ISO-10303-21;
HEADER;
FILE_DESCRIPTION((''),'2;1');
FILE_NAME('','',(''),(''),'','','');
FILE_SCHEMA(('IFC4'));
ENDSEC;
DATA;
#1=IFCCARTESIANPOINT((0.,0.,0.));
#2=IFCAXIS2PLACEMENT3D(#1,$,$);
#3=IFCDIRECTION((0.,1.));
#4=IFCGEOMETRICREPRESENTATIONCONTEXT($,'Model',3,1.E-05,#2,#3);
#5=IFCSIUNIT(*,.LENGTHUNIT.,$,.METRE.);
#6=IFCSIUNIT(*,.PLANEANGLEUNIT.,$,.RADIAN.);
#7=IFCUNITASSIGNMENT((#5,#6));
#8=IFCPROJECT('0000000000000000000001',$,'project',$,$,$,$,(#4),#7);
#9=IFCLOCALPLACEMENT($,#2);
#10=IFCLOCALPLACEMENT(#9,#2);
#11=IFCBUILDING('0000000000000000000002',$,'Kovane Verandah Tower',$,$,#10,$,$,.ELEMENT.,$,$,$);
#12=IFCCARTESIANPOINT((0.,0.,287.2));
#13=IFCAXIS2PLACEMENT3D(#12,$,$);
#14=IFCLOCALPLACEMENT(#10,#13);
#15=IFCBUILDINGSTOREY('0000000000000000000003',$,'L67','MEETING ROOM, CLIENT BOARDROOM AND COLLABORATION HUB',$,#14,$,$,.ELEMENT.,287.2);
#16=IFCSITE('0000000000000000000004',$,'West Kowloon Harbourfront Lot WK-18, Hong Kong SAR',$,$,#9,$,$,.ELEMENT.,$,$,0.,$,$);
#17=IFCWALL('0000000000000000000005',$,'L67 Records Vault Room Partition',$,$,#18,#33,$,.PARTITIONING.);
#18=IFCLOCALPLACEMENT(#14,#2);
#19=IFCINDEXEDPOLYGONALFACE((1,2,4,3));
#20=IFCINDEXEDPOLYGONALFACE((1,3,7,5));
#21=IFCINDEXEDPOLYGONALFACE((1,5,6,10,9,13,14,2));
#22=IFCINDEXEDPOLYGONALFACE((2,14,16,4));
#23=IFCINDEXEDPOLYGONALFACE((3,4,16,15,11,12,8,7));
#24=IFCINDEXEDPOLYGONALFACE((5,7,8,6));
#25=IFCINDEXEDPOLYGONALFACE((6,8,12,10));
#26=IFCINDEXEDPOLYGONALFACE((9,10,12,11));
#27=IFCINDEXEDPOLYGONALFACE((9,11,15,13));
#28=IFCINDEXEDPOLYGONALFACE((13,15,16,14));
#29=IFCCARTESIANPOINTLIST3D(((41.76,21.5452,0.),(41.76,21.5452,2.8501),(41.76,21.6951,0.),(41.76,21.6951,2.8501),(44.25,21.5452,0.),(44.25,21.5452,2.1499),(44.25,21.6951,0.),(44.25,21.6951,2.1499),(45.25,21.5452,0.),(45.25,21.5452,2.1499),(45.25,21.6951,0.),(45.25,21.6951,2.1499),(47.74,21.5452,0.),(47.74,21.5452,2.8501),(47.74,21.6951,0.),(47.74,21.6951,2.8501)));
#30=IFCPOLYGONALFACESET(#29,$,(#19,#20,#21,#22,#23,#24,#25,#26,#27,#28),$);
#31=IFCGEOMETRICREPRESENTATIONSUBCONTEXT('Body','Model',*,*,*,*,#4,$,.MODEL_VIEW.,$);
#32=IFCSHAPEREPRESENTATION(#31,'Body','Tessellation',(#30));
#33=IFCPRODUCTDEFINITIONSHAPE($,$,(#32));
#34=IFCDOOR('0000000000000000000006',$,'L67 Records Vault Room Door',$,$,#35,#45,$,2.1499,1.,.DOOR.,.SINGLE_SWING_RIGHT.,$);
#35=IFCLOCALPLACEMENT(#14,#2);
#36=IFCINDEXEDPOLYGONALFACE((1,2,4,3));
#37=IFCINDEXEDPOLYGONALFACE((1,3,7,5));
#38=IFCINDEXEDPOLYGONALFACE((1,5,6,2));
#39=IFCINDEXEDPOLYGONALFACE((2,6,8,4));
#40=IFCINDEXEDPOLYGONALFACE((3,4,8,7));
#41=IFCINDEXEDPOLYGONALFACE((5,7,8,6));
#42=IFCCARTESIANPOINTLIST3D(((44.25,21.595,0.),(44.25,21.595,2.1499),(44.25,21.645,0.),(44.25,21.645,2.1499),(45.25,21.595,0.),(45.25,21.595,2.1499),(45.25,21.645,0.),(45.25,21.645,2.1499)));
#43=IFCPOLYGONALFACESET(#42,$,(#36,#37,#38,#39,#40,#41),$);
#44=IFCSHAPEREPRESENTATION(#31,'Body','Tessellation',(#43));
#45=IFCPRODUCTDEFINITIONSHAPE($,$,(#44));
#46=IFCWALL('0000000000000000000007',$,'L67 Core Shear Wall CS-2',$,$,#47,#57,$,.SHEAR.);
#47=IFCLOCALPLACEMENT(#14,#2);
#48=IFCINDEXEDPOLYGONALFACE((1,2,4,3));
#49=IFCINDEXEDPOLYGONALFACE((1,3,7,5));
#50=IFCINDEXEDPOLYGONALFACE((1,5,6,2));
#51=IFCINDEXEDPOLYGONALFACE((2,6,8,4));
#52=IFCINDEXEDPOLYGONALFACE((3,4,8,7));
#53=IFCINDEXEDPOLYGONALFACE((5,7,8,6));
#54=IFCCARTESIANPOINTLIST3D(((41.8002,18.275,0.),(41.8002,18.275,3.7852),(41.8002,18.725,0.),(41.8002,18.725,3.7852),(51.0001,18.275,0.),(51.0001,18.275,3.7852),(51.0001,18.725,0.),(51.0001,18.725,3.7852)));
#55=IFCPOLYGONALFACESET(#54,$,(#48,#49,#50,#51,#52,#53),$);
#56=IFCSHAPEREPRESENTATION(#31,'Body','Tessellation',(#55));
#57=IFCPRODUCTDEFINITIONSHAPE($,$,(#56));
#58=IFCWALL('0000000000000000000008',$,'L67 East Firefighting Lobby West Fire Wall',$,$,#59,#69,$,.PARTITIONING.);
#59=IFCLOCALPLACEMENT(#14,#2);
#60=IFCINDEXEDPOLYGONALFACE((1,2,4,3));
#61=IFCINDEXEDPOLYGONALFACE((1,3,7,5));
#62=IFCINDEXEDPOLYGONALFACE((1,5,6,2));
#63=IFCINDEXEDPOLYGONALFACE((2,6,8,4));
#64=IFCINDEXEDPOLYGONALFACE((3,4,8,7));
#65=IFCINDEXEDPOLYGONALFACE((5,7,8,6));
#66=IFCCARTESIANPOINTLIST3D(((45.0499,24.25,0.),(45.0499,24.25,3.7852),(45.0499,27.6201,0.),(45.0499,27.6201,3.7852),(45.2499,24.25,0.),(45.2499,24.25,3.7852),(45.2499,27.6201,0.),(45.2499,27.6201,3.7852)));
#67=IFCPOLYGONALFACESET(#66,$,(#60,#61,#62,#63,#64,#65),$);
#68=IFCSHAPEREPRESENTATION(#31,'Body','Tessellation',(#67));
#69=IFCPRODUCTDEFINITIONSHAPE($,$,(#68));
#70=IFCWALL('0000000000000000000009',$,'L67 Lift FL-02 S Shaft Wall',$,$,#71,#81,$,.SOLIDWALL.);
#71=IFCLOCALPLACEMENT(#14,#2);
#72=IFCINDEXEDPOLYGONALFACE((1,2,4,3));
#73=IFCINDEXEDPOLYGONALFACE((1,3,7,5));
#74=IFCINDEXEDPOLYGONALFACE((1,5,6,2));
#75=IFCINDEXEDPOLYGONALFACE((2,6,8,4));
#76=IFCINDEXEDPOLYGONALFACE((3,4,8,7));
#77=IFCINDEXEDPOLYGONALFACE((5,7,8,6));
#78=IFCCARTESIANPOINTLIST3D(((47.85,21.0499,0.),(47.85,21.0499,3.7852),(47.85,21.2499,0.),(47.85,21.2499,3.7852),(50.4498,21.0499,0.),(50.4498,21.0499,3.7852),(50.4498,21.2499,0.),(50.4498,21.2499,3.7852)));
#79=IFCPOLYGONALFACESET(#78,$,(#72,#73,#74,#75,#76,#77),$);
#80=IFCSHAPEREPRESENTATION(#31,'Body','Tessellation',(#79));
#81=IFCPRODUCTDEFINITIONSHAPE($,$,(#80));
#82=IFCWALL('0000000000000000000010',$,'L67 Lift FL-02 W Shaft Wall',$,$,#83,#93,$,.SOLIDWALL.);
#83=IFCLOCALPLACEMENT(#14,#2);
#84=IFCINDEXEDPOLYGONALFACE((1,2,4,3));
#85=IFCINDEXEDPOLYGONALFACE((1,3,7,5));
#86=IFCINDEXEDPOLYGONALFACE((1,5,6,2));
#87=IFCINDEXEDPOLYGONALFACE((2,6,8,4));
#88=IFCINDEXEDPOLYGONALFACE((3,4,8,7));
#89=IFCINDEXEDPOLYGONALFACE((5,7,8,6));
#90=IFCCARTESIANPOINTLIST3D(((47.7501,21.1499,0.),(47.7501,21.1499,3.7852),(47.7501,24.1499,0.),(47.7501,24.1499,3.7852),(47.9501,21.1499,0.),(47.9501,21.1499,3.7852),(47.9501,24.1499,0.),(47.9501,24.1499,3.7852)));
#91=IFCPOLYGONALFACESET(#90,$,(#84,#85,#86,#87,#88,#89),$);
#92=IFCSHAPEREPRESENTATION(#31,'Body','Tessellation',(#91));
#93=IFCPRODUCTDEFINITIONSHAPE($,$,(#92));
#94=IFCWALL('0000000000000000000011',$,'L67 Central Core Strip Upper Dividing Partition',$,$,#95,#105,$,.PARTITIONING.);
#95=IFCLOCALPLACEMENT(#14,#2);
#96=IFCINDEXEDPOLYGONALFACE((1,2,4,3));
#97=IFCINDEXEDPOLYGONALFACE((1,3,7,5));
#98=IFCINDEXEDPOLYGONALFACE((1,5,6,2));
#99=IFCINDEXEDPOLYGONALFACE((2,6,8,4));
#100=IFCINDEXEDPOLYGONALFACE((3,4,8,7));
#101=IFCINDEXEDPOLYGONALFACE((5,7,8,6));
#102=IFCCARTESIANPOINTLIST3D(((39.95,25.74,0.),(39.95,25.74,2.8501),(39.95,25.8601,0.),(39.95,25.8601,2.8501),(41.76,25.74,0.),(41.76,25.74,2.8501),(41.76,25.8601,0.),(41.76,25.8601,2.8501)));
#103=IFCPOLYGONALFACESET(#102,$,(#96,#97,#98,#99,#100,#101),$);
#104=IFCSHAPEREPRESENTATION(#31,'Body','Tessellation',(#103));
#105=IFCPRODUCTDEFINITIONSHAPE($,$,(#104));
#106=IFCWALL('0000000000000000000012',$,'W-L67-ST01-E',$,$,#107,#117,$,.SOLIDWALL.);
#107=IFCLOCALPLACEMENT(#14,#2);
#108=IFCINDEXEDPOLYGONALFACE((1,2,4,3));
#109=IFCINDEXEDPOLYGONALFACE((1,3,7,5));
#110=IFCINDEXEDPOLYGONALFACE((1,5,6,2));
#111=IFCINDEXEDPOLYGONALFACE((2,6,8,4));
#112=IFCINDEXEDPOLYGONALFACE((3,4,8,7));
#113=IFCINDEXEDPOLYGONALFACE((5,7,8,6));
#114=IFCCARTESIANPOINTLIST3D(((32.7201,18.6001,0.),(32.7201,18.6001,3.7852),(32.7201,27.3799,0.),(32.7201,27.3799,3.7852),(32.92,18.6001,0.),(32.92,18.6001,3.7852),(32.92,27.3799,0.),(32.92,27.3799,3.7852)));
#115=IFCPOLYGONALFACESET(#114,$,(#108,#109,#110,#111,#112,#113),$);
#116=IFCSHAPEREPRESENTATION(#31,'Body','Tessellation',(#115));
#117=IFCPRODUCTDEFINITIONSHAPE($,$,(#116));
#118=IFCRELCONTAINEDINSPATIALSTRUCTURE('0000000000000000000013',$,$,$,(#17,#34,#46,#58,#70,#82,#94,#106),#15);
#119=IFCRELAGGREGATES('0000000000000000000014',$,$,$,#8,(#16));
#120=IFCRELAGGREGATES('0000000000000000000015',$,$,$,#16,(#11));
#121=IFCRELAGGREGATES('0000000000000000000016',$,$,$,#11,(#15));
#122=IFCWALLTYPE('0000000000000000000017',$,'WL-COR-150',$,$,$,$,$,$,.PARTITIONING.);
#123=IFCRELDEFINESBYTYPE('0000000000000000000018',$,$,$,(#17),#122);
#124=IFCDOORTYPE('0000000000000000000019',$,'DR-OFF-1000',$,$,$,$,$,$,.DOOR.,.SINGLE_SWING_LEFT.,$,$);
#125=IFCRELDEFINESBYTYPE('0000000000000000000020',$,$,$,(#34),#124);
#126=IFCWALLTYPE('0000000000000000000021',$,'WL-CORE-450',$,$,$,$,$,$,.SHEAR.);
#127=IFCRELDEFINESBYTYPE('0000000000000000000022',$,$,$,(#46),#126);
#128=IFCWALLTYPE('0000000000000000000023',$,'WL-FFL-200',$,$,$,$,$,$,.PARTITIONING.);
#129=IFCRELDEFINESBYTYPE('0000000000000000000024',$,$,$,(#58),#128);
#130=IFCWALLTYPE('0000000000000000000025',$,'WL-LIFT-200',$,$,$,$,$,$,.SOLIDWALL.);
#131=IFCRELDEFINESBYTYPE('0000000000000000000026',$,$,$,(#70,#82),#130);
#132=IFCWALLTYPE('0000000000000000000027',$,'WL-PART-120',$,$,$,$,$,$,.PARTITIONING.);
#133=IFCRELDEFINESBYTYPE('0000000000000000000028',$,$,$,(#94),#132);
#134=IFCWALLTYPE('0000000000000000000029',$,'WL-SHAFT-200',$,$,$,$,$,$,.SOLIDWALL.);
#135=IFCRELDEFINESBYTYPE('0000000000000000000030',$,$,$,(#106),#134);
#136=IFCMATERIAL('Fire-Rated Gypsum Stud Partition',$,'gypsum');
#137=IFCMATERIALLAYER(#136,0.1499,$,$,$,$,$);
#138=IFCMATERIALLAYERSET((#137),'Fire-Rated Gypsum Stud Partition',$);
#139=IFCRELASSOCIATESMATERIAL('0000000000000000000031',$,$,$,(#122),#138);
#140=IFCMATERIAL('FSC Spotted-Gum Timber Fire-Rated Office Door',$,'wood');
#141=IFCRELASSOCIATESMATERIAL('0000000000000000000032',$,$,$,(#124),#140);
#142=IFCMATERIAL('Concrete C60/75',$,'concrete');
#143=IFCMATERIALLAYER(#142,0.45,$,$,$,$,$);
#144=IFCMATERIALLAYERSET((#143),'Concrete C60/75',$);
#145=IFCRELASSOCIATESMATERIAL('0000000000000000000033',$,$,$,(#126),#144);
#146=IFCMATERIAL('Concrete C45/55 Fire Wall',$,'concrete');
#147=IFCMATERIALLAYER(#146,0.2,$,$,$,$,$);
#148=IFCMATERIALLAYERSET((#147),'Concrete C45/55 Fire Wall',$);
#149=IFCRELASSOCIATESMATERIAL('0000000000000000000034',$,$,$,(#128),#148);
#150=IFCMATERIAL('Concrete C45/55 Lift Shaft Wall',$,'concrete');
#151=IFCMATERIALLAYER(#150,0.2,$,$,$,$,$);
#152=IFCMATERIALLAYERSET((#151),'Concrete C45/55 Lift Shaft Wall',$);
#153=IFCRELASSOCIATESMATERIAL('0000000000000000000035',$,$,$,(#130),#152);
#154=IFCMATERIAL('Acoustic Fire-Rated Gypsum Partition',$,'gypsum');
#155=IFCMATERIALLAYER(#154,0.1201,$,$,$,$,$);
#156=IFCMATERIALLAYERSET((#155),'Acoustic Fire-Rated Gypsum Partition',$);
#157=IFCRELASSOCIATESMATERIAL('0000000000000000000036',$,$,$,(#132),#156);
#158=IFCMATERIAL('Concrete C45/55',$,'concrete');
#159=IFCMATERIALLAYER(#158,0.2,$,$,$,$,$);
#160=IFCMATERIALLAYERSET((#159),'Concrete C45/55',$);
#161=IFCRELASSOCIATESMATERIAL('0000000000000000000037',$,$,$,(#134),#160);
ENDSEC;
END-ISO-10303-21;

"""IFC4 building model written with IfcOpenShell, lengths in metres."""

from ifc_helpers import new_model, si_unit, direction, frame, frame_2d, origin, place, context, subcontext, project, spatial, rectangle, extrude, material, layer, layer_set, type_object, element, fill, save


model = new_model("IFC4")

# Units and contexts
model_context = context("Model", 3, precision=1e-05, world=origin(), true_north=direction((0.0, 1.0)))
body_context = subcontext(model_context, "Body", "Model", "MODEL_VIEW")
ifc_project = project(units=[si_unit("LENGTHUNIT", "METRE"), si_unit("PLANEANGLEUNIT", "RADIAN")], contexts=[model_context])

# Site, building, storey
site_placement = place(None, origin())
site = spatial("IfcSite", under=ifc_project, at=site_placement, Name="West Kowloon Harbourfront Lot WK-18, Hong Kong SAR", CompositionType="ELEMENT", RefElevation=0.0)
building_placement = place(site_placement, origin())
building = spatial("IfcBuilding", under=site, at=building_placement, Name="Kovane Verandah Tower", CompositionType="ELEMENT")
storey_placement = place(building_placement, frame((0.0, 0.0, 287.2)))
storey = spatial("IfcBuildingStorey", under=building, at=storey_placement, Name="L67", Description="MEETING ROOM, CLIENT BOARDROOM AND COLLABORATION HUB", CompositionType="ELEMENT", Elevation=287.2)

# Shared definitions
ifc_material_1 = material(Name="Fire-Rated Gypsum Stud Partition", Category="gypsum")
ifc_layer_1 = layer(ifc_material_1, 0.1499)
ifc_layer_set_1 = layer_set([ifc_layer_1], Name="Fire-Rated Gypsum Stud Partition")
wall_type_1 = type_object("IfcWallType", Name="WL-COR-150", PredefinedType="PARTITIONING", material=ifc_layer_set_1)

# Shared definitions
ifc_material_2 = material(Name="FSC Spotted-Gum Timber Fire-Rated Office Door", Category="wood")
door_type_1 = type_object("IfcDoorType", Name="DR-OFF-1000", OperationType="SINGLE_SWING_LEFT", PredefinedType="DOOR", material=ifc_material_2)

# Wall, opening, door
wall_1_placement = place(storey_placement, frame((41.76, 21.6201, 0.0), z_axis=(0.0, 0.0, 1.0), x_axis=(1.0, 0.0, 0.0)))
wall_1 = element("IfcWall", 1, at=wall_1_placement, inside=storey, type_object=wall_type_1, Name="L67 Records Vault Room Partition", PredefinedType="PARTITIONING", context=body_context, shape_type="SweptSolid", body=[
    extrude(rectangle(XDim=5.98, YDim=0.1499, at=frame_2d((2.99, 0.0))), origin(), (0.0, 0.0, 1.0), 2.8501),
])
opening_1_placement = place(wall_1_placement, frame((2.49, 0.0, 0.0)))
opening_1 = element("IfcOpeningElement", 2, at=opening_1_placement, cuts=wall_1, PredefinedType="OPENING", context=body_context, shape_type="SweptSolid", body=[
    extrude(rectangle(XDim=1.0, YDim=2.1499, at=frame_2d((0.5, 1.075))), frame((0.0, 0.075, 0.0), z_axis=(0.0, -1.0, 0.0), x_axis=(1.0, 0.0, 0.0)), (0.0, 0.0, 1.0), 0.1499),
])
door_1_placement = place(opening_1_placement, origin())
door_1 = element("IfcDoor", 3, at=door_1_placement, inside=storey, type_object=door_type_1, Name="L67 Records Vault Room Door", OperationType="SINGLE_SWING_RIGHT", OverallHeight=2.1499, OverallWidth=1.0, PredefinedType="DOOR", context=body_context, shape_type="SweptSolid", body=[
    extrude(rectangle(XDim=1.0, YDim=2.1499, at=frame_2d((0.5, 1.075))), frame((0.0, 0.0249, 0.0), z_axis=(0.0, -1.0, 0.0), x_axis=(1.0, 0.0, 0.0)), (0.0, 0.0, 1.0), 0.05),
])
fill(opening_1, door_1)

# Walls
ifc_material_3 = material(Name="Concrete C60/75", Category="concrete")
ifc_layer_2 = layer(ifc_material_3, 0.45)
ifc_layer_set_2 = layer_set([ifc_layer_2], Name="Concrete C60/75")
wall_type_2 = type_object("IfcWallType", Name="WL-CORE-450", PredefinedType="SHEAR", material=ifc_layer_set_2)
wall_2_placement = place(storey_placement, frame((41.8, 18.5, 0.0), z_axis=(0.0, 0.0, 1.0), x_axis=(1.0, 0.0, 0.0)))
element("IfcWall", 4, at=wall_2_placement, inside=storey, type_object=wall_type_2, Name="L67 Core Shear Wall CS-2", PredefinedType="SHEAR", context=body_context, shape_type="SweptSolid", body=[
    extrude(rectangle(XDim=9.2, YDim=0.45, at=frame_2d((4.6001, 0.0))), origin(), (0.0, 0.0, 1.0), 3.7852),
])
ifc_material_4 = material(Name="Concrete C45/55 Fire Wall", Category="concrete")
ifc_layer_3 = layer(ifc_material_4, 0.2)
ifc_layer_set_3 = layer_set([ifc_layer_3], Name="Concrete C45/55 Fire Wall")
wall_type_3 = type_object("IfcWallType", Name="WL-FFL-200", PredefinedType="PARTITIONING", material=ifc_layer_set_3)
wall_3_placement = place(storey_placement, frame((45.1499, 24.25, 0.0), z_axis=(0.0, 0.0, 1.0), x_axis=(0.0, 1.0, 0.0)))
element("IfcWall", 5, at=wall_3_placement, inside=storey, type_object=wall_type_3, Name="L67 East Firefighting Lobby West Fire Wall", PredefinedType="PARTITIONING", context=body_context, shape_type="SweptSolid", body=[
    extrude(rectangle(XDim=3.3701, YDim=0.2, at=frame_2d((1.6851, 0.0))), origin(), (0.0, 0.0, 1.0), 3.7852),
])

# Wall
ifc_material_5 = material(Name="Concrete C45/55 Lift Shaft Wall", Category="concrete")
ifc_layer_4 = layer(ifc_material_5, 0.2)
ifc_layer_set_4 = layer_set([ifc_layer_4], Name="Concrete C45/55 Lift Shaft Wall")
wall_type_4 = type_object("IfcWallType", Name="WL-LIFT-200", PredefinedType="SOLIDWALL", material=ifc_layer_set_4)
wall_4_placement = place(storey_placement, frame((47.8501, 21.1499, 0.0), z_axis=(0.0, 0.0, 1.0), x_axis=(1.0, 0.0, 0.0)))
element("IfcWall", 6, at=wall_4_placement, inside=storey, type_object=wall_type_4, Name="L67 Lift FL-02 S Shaft Wall", PredefinedType="SOLIDWALL", context=body_context, shape_type="SweptSolid", body=[
    extrude(rectangle(XDim=2.5999, YDim=0.2, at=frame_2d((1.2998, 0.0))), origin(), (0.0, 0.0, 1.0), 3.7852),
])

# Walls
wall_5_placement = place(storey_placement, frame((47.8501, 24.1499, 0.0), z_axis=(0.0, 0.0, 1.0), x_axis=(0.0, -1.0, 0.0)))
element("IfcWall", 7, at=wall_5_placement, inside=storey, type_object=wall_type_4, Name="L67 Lift FL-02 W Shaft Wall", PredefinedType="SOLIDWALL", context=body_context, shape_type="SweptSolid", body=[
    extrude(rectangle(XDim=3.0, YDim=0.2, at=frame_2d((1.5, 0.0))), origin(), (0.0, 0.0, 1.0), 3.7852),
])
ifc_material_6 = material(Name="Acoustic Fire-Rated Gypsum Partition", Category="gypsum")
ifc_layer_5 = layer(ifc_material_6, 0.1201)
ifc_layer_set_5 = layer_set([ifc_layer_5], Name="Acoustic Fire-Rated Gypsum Partition")
wall_type_5 = type_object("IfcWallType", Name="WL-PART-120", PredefinedType="PARTITIONING", material=ifc_layer_set_5)
wall_6_placement = place(storey_placement, frame((39.95, 25.8, 0.0), z_axis=(0.0, 0.0, 1.0), x_axis=(1.0, 0.0, 0.0)))
element("IfcWall", 8, at=wall_6_placement, inside=storey, type_object=wall_type_5, Name="L67 Central Core Strip Upper Dividing Partition", PredefinedType="PARTITIONING", context=body_context, shape_type="SweptSolid", body=[
    extrude(rectangle(XDim=1.8101, YDim=0.1201, at=frame_2d((0.905, 0.0))), origin(), (0.0, 0.0, 1.0), 2.8501),
])
ifc_material_7 = material(Name="Concrete C45/55", Category="concrete")
ifc_layer_6 = layer(ifc_material_7, 0.2)
ifc_layer_set_6 = layer_set([ifc_layer_6], Name="Concrete C45/55")
wall_type_6 = type_object("IfcWallType", Name="WL-SHAFT-200", PredefinedType="SOLIDWALL", material=ifc_layer_set_6)
wall_7_placement = place(storey_placement, frame((32.8201, 18.6001, 0.0), z_axis=(0.0, 0.0, 1.0), x_axis=(0.0, 1.0, 0.0)))
element("IfcWall", 9, at=wall_7_placement, inside=storey, type_object=wall_type_6, Name="W-L67-ST01-E", PredefinedType="SOLIDWALL", context=body_context, shape_type="SweptSolid", body=[
    extrude(rectangle(XDim=8.7798, YDim=0.2, at=frame_2d((4.3899, 0.0))), origin(), (0.0, 0.0, 1.0), 3.7852),
])

save(model, "model.ifc")
